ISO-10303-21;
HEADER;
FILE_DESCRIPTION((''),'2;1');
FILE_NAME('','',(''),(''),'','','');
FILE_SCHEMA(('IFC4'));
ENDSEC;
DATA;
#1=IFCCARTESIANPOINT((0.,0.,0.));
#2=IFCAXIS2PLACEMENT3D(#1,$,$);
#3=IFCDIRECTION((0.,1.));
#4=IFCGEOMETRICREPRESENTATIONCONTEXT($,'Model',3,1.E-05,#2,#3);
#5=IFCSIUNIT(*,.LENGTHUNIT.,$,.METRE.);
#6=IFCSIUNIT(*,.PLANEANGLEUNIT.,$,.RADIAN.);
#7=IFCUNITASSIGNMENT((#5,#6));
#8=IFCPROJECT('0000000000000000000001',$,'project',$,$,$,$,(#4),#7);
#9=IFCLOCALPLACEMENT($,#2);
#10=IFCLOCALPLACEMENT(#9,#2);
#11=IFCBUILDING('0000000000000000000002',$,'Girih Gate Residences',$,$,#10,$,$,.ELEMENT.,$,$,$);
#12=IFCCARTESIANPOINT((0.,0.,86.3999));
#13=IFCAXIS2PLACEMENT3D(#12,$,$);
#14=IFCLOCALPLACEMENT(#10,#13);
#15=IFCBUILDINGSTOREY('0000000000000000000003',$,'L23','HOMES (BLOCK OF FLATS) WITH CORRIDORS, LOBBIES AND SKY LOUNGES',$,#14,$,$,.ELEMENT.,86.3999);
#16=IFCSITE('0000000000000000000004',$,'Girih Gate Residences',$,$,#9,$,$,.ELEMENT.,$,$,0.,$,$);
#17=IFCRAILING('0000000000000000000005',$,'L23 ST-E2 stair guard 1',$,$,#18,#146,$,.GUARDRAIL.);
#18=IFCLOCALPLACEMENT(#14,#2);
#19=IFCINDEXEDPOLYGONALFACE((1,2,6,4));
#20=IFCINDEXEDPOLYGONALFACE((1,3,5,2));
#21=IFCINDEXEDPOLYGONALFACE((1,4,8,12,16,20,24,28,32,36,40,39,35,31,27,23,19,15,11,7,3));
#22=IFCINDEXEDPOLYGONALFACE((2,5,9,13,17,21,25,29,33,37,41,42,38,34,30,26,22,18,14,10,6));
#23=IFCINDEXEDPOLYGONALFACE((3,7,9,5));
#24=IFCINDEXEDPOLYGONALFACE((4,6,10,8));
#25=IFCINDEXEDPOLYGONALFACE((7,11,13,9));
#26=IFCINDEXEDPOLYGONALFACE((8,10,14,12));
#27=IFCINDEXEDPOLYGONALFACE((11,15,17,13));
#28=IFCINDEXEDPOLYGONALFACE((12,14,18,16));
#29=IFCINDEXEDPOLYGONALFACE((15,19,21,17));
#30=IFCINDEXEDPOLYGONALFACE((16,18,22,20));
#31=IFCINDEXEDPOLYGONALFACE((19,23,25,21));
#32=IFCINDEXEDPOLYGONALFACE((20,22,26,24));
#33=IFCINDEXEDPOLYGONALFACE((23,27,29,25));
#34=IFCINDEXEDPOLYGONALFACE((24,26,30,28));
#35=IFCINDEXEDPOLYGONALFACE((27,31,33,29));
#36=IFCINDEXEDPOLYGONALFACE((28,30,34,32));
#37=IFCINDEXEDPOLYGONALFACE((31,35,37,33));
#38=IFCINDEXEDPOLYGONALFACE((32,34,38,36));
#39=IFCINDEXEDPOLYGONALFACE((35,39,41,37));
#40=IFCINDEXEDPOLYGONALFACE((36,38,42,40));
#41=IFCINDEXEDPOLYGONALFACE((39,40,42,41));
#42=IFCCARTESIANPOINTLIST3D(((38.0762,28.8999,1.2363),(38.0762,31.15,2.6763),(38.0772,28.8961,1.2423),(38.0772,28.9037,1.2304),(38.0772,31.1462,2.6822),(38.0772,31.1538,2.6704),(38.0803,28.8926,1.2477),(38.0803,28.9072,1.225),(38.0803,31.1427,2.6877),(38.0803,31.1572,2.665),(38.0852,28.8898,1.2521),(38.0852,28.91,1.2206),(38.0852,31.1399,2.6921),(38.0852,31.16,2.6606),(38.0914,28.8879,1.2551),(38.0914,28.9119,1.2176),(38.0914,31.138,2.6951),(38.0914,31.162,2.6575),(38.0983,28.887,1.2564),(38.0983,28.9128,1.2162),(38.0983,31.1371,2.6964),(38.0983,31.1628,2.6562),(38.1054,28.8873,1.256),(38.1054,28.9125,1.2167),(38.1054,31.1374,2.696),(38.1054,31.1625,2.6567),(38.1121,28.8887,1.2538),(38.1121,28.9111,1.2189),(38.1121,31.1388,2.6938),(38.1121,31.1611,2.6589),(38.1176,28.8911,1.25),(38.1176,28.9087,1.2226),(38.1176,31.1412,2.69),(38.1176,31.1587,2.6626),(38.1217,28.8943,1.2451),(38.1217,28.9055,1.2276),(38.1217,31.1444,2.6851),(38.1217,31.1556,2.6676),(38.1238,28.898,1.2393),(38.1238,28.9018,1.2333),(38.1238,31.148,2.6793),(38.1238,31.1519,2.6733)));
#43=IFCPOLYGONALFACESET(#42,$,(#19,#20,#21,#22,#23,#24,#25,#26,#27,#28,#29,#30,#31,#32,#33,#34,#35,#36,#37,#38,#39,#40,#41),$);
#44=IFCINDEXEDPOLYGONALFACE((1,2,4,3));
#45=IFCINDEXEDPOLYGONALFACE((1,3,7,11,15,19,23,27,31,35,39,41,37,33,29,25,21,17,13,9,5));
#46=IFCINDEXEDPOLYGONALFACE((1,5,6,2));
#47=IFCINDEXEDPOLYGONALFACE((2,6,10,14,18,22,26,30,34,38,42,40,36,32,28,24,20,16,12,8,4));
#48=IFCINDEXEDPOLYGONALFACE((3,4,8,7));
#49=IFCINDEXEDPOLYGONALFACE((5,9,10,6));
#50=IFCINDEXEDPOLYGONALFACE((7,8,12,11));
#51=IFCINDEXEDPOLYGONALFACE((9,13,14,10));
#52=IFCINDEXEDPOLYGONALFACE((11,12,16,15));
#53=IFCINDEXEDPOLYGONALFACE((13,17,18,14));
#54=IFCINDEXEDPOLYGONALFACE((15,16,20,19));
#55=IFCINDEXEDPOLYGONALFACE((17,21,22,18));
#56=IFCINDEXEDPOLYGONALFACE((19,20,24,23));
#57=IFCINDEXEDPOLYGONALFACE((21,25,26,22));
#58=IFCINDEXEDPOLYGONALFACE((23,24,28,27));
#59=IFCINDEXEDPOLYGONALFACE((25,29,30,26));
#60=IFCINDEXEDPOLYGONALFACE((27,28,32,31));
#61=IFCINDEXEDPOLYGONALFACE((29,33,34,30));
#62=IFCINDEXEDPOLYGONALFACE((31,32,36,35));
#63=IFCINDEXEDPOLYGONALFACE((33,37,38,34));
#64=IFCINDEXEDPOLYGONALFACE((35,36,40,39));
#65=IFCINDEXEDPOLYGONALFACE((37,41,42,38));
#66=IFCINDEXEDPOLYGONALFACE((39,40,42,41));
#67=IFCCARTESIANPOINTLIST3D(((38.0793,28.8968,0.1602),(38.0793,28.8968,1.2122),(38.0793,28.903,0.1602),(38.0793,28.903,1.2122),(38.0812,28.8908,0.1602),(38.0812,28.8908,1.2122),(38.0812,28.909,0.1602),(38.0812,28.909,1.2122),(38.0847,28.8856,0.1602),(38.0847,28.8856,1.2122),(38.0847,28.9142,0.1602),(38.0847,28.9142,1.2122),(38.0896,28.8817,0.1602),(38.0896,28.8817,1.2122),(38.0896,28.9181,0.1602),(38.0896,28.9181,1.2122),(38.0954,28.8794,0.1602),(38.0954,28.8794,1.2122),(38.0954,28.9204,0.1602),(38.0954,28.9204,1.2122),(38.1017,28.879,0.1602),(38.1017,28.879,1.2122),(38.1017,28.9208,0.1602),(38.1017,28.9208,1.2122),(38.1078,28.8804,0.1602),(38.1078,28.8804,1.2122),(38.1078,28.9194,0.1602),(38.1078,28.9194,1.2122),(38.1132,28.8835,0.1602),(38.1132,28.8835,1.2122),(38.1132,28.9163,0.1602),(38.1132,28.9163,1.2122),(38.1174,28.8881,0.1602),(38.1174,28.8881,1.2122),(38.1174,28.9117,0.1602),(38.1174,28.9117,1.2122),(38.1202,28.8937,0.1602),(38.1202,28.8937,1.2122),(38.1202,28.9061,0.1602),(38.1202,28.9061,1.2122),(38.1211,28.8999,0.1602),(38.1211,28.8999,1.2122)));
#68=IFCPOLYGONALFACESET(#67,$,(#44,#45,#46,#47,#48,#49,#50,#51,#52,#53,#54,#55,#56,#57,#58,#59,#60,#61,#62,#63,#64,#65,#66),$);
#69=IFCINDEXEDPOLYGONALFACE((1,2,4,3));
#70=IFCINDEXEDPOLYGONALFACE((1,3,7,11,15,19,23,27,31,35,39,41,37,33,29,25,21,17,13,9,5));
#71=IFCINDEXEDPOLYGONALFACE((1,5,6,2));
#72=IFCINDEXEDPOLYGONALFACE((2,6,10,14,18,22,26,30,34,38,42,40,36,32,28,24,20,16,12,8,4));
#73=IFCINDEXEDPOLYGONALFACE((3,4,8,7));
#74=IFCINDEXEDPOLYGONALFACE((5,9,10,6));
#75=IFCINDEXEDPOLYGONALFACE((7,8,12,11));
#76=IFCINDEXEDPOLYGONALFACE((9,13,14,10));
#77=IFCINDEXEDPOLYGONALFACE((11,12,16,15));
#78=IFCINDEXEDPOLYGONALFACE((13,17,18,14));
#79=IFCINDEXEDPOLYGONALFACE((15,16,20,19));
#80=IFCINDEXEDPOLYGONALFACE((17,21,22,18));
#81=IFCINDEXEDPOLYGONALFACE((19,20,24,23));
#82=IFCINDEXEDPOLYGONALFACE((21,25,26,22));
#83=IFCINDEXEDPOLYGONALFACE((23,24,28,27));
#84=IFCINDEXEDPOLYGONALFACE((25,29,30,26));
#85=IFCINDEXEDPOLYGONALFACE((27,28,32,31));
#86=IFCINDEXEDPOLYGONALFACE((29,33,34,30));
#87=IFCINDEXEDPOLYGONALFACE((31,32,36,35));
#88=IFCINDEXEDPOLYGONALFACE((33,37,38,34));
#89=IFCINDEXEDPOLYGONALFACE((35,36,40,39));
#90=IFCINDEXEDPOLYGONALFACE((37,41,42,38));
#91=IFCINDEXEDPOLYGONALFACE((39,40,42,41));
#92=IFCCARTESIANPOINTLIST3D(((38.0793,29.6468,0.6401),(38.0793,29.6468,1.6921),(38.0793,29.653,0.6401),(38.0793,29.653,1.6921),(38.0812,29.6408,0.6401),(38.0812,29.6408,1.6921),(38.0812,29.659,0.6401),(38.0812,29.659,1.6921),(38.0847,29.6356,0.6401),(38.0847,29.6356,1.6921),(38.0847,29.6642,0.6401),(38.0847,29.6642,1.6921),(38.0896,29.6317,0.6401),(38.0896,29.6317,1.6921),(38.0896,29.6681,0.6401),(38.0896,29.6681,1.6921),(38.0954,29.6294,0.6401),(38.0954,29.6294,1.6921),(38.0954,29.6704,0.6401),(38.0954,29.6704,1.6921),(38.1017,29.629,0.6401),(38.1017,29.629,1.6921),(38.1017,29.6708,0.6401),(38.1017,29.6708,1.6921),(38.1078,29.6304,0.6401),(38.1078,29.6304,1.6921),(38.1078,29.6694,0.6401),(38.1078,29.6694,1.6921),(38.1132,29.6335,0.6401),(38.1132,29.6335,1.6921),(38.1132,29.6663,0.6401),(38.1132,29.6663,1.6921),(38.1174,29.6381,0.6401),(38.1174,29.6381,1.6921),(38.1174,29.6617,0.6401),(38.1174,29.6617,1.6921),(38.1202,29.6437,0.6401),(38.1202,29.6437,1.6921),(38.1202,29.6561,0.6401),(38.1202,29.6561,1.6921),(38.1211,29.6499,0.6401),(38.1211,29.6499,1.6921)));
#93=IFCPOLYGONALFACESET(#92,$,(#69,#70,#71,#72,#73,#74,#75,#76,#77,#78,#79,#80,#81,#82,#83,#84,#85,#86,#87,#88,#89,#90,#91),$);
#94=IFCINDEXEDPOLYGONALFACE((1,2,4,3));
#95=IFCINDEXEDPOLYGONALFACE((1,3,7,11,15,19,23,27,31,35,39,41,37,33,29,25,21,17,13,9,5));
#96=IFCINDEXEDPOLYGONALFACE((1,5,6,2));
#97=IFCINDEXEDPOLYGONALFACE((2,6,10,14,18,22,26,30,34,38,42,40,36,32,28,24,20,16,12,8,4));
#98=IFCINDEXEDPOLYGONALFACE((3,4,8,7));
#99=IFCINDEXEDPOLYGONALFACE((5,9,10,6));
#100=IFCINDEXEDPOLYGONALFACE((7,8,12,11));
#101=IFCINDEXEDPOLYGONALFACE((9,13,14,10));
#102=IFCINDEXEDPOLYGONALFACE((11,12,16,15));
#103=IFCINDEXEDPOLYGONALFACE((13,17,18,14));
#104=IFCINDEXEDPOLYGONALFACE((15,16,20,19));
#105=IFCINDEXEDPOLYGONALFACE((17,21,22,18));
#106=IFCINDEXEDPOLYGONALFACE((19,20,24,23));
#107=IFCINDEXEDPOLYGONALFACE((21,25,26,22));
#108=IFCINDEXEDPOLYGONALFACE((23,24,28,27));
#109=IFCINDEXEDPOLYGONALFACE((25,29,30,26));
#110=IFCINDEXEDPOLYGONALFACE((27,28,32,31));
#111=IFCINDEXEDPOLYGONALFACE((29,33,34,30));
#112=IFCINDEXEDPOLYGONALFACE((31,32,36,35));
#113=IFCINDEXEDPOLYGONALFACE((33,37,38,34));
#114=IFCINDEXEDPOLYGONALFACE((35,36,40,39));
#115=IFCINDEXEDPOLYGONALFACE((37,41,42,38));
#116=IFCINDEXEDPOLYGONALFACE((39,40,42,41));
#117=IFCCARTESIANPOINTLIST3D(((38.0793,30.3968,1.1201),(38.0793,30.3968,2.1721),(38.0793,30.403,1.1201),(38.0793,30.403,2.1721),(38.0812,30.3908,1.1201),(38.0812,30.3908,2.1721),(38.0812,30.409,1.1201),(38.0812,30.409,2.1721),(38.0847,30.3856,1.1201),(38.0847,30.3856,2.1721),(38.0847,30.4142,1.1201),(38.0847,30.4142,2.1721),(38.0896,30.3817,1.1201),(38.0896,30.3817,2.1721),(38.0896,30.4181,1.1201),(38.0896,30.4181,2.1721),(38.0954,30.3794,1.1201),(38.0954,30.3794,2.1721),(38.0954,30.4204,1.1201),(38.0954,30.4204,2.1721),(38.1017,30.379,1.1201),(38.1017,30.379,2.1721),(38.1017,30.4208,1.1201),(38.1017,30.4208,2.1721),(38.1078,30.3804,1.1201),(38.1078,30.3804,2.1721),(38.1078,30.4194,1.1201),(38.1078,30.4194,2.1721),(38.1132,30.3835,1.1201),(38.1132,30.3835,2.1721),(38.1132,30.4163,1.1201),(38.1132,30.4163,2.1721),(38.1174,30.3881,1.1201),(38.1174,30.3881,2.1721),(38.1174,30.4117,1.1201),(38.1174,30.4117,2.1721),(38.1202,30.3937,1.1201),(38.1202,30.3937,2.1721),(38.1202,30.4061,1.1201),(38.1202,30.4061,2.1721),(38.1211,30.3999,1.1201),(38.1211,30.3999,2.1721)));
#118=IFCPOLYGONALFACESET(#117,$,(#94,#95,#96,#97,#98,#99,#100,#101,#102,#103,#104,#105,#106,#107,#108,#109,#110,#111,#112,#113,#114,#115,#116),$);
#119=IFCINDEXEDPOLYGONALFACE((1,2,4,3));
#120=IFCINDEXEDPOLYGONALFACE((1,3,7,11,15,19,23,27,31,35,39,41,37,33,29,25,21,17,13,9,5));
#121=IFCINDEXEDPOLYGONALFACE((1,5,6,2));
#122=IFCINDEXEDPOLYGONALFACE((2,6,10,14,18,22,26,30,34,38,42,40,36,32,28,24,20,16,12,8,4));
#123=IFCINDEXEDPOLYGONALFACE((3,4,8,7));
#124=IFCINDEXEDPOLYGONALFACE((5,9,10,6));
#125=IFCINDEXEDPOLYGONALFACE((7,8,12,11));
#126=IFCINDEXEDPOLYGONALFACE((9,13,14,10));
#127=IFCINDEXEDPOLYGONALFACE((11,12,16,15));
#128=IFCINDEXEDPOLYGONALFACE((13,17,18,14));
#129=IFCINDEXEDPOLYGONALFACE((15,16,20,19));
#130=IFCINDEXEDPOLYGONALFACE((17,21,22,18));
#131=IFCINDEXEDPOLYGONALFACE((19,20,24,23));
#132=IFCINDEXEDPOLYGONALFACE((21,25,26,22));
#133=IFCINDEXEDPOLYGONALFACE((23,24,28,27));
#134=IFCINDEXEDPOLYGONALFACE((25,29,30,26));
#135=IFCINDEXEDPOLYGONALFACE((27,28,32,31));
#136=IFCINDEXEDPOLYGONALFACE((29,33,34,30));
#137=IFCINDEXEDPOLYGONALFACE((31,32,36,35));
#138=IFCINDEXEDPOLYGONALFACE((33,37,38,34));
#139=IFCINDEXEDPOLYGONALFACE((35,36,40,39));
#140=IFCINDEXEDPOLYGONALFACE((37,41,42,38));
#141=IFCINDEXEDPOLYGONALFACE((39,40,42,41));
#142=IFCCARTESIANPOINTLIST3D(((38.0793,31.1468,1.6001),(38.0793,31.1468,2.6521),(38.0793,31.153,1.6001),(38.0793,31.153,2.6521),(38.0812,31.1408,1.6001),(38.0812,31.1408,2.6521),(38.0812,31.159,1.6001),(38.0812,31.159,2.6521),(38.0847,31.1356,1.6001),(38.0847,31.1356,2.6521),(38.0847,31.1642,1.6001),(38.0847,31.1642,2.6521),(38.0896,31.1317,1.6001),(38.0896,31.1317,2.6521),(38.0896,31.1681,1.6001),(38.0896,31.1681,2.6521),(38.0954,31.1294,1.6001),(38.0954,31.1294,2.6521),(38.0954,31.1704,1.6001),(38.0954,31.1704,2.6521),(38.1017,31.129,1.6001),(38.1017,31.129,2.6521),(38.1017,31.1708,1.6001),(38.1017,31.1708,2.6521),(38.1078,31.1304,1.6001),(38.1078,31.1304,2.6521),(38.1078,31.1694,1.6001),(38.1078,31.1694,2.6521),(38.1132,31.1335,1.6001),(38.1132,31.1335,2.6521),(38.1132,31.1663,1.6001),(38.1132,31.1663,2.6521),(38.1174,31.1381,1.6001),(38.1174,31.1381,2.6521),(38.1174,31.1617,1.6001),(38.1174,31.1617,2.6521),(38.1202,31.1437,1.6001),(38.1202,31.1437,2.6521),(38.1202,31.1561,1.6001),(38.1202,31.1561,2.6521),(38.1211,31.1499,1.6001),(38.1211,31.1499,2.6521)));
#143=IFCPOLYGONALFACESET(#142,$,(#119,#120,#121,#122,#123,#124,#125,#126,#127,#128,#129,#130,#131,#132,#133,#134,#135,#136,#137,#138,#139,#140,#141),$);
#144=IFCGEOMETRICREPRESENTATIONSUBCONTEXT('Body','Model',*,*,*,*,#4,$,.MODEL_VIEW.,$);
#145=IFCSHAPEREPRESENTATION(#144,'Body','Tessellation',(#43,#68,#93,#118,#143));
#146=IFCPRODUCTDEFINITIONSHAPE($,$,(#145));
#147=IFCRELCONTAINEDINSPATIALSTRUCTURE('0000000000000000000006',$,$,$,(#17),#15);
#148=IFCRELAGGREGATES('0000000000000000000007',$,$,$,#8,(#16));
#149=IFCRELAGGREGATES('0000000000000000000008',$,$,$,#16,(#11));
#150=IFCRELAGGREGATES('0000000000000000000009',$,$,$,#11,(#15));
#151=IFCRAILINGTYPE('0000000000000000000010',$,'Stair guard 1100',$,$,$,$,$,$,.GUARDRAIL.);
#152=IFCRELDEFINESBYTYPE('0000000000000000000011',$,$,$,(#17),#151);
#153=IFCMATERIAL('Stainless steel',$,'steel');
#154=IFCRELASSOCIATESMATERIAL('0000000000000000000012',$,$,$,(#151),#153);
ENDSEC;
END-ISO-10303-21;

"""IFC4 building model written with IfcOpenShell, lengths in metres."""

from ifc_helpers import new_model, si_unit, direction, frame, origin, origin_2d, place, context, subcontext, project, spatial, circle, extrude, material, type_object, element, save


model = new_model("IFC4")

# Units and contexts
model_context = context("Model", 3, precision=1e-05, world=origin(), true_north=direction((0.0, 1.0)))
body_context = subcontext(model_context, "Body", "Model", "MODEL_VIEW")
ifc_project = project(units=[si_unit("LENGTHUNIT", "METRE"), si_unit("PLANEANGLEUNIT", "RADIAN")], contexts=[model_context])

# Site, building, storey
site_placement = place(None, origin())
site = spatial("IfcSite", under=ifc_project, at=site_placement, Name="Girih Gate Residences", CompositionType="ELEMENT", RefElevation=0.0)
building_placement = place(site_placement, origin())
building = spatial("IfcBuilding", under=site, at=building_placement, Name="Girih Gate Residences", CompositionType="ELEMENT")
storey_placement = place(building_placement, frame((0.0, 0.0, 86.3999)))
storey = spatial("IfcBuildingStorey", under=building, at=storey_placement, Name="L23", Description="HOMES (BLOCK OF FLATS) WITH CORRIDORS, LOBBIES AND SKY LOUNGES", CompositionType="ELEMENT", Elevation=86.3999)

# Shared definitions
ifc_material_1 = material(Name="Stainless steel", Category="steel")

# Railing
railing_type_1 = type_object("IfcRailingType", Name="Stair guard 1100", PredefinedType="GUARDRAIL", material=ifc_material_1)
railing_1_placement = place(storey_placement, frame((38.1001, 28.8999, 0.1602)))
element("IfcRailing", 1, at=railing_1_placement, inside=storey, type_object=railing_type_1, Name="L23 ST-E2 stair guard 1", PredefinedType="GUARDRAIL", context=body_context, shape_type="SweptSolid", body=[
    extrude(circle(Radius=0.0239, at=origin_2d()), frame((0.0, 0.0, 1.0762), z_axis=(0.0, 0.842281, 0.539038), x_axis=(-1.0, 0.0, 0.0)), (0.0, 0.0, 1.0), 2.6714),
    extrude(circle(Radius=0.021, at=origin_2d()), origin(), (0.0, 0.0, 1.0), 1.052),
    extrude(circle(Radius=0.021, at=origin_2d()), frame((0.0, 0.75, 0.48)), (0.0, 0.0, 1.0), 1.052),
    extrude(circle(Radius=0.021, at=origin_2d()), frame((0.0, 1.5, 0.96)), (0.0, 0.0, 1.0), 1.052),
    extrude(circle(Radius=0.021, at=origin_2d()), frame((0.0, 2.25, 1.4399)), (0.0, 0.0, 1.0), 1.052),
])

save(model, "model.ifc")
